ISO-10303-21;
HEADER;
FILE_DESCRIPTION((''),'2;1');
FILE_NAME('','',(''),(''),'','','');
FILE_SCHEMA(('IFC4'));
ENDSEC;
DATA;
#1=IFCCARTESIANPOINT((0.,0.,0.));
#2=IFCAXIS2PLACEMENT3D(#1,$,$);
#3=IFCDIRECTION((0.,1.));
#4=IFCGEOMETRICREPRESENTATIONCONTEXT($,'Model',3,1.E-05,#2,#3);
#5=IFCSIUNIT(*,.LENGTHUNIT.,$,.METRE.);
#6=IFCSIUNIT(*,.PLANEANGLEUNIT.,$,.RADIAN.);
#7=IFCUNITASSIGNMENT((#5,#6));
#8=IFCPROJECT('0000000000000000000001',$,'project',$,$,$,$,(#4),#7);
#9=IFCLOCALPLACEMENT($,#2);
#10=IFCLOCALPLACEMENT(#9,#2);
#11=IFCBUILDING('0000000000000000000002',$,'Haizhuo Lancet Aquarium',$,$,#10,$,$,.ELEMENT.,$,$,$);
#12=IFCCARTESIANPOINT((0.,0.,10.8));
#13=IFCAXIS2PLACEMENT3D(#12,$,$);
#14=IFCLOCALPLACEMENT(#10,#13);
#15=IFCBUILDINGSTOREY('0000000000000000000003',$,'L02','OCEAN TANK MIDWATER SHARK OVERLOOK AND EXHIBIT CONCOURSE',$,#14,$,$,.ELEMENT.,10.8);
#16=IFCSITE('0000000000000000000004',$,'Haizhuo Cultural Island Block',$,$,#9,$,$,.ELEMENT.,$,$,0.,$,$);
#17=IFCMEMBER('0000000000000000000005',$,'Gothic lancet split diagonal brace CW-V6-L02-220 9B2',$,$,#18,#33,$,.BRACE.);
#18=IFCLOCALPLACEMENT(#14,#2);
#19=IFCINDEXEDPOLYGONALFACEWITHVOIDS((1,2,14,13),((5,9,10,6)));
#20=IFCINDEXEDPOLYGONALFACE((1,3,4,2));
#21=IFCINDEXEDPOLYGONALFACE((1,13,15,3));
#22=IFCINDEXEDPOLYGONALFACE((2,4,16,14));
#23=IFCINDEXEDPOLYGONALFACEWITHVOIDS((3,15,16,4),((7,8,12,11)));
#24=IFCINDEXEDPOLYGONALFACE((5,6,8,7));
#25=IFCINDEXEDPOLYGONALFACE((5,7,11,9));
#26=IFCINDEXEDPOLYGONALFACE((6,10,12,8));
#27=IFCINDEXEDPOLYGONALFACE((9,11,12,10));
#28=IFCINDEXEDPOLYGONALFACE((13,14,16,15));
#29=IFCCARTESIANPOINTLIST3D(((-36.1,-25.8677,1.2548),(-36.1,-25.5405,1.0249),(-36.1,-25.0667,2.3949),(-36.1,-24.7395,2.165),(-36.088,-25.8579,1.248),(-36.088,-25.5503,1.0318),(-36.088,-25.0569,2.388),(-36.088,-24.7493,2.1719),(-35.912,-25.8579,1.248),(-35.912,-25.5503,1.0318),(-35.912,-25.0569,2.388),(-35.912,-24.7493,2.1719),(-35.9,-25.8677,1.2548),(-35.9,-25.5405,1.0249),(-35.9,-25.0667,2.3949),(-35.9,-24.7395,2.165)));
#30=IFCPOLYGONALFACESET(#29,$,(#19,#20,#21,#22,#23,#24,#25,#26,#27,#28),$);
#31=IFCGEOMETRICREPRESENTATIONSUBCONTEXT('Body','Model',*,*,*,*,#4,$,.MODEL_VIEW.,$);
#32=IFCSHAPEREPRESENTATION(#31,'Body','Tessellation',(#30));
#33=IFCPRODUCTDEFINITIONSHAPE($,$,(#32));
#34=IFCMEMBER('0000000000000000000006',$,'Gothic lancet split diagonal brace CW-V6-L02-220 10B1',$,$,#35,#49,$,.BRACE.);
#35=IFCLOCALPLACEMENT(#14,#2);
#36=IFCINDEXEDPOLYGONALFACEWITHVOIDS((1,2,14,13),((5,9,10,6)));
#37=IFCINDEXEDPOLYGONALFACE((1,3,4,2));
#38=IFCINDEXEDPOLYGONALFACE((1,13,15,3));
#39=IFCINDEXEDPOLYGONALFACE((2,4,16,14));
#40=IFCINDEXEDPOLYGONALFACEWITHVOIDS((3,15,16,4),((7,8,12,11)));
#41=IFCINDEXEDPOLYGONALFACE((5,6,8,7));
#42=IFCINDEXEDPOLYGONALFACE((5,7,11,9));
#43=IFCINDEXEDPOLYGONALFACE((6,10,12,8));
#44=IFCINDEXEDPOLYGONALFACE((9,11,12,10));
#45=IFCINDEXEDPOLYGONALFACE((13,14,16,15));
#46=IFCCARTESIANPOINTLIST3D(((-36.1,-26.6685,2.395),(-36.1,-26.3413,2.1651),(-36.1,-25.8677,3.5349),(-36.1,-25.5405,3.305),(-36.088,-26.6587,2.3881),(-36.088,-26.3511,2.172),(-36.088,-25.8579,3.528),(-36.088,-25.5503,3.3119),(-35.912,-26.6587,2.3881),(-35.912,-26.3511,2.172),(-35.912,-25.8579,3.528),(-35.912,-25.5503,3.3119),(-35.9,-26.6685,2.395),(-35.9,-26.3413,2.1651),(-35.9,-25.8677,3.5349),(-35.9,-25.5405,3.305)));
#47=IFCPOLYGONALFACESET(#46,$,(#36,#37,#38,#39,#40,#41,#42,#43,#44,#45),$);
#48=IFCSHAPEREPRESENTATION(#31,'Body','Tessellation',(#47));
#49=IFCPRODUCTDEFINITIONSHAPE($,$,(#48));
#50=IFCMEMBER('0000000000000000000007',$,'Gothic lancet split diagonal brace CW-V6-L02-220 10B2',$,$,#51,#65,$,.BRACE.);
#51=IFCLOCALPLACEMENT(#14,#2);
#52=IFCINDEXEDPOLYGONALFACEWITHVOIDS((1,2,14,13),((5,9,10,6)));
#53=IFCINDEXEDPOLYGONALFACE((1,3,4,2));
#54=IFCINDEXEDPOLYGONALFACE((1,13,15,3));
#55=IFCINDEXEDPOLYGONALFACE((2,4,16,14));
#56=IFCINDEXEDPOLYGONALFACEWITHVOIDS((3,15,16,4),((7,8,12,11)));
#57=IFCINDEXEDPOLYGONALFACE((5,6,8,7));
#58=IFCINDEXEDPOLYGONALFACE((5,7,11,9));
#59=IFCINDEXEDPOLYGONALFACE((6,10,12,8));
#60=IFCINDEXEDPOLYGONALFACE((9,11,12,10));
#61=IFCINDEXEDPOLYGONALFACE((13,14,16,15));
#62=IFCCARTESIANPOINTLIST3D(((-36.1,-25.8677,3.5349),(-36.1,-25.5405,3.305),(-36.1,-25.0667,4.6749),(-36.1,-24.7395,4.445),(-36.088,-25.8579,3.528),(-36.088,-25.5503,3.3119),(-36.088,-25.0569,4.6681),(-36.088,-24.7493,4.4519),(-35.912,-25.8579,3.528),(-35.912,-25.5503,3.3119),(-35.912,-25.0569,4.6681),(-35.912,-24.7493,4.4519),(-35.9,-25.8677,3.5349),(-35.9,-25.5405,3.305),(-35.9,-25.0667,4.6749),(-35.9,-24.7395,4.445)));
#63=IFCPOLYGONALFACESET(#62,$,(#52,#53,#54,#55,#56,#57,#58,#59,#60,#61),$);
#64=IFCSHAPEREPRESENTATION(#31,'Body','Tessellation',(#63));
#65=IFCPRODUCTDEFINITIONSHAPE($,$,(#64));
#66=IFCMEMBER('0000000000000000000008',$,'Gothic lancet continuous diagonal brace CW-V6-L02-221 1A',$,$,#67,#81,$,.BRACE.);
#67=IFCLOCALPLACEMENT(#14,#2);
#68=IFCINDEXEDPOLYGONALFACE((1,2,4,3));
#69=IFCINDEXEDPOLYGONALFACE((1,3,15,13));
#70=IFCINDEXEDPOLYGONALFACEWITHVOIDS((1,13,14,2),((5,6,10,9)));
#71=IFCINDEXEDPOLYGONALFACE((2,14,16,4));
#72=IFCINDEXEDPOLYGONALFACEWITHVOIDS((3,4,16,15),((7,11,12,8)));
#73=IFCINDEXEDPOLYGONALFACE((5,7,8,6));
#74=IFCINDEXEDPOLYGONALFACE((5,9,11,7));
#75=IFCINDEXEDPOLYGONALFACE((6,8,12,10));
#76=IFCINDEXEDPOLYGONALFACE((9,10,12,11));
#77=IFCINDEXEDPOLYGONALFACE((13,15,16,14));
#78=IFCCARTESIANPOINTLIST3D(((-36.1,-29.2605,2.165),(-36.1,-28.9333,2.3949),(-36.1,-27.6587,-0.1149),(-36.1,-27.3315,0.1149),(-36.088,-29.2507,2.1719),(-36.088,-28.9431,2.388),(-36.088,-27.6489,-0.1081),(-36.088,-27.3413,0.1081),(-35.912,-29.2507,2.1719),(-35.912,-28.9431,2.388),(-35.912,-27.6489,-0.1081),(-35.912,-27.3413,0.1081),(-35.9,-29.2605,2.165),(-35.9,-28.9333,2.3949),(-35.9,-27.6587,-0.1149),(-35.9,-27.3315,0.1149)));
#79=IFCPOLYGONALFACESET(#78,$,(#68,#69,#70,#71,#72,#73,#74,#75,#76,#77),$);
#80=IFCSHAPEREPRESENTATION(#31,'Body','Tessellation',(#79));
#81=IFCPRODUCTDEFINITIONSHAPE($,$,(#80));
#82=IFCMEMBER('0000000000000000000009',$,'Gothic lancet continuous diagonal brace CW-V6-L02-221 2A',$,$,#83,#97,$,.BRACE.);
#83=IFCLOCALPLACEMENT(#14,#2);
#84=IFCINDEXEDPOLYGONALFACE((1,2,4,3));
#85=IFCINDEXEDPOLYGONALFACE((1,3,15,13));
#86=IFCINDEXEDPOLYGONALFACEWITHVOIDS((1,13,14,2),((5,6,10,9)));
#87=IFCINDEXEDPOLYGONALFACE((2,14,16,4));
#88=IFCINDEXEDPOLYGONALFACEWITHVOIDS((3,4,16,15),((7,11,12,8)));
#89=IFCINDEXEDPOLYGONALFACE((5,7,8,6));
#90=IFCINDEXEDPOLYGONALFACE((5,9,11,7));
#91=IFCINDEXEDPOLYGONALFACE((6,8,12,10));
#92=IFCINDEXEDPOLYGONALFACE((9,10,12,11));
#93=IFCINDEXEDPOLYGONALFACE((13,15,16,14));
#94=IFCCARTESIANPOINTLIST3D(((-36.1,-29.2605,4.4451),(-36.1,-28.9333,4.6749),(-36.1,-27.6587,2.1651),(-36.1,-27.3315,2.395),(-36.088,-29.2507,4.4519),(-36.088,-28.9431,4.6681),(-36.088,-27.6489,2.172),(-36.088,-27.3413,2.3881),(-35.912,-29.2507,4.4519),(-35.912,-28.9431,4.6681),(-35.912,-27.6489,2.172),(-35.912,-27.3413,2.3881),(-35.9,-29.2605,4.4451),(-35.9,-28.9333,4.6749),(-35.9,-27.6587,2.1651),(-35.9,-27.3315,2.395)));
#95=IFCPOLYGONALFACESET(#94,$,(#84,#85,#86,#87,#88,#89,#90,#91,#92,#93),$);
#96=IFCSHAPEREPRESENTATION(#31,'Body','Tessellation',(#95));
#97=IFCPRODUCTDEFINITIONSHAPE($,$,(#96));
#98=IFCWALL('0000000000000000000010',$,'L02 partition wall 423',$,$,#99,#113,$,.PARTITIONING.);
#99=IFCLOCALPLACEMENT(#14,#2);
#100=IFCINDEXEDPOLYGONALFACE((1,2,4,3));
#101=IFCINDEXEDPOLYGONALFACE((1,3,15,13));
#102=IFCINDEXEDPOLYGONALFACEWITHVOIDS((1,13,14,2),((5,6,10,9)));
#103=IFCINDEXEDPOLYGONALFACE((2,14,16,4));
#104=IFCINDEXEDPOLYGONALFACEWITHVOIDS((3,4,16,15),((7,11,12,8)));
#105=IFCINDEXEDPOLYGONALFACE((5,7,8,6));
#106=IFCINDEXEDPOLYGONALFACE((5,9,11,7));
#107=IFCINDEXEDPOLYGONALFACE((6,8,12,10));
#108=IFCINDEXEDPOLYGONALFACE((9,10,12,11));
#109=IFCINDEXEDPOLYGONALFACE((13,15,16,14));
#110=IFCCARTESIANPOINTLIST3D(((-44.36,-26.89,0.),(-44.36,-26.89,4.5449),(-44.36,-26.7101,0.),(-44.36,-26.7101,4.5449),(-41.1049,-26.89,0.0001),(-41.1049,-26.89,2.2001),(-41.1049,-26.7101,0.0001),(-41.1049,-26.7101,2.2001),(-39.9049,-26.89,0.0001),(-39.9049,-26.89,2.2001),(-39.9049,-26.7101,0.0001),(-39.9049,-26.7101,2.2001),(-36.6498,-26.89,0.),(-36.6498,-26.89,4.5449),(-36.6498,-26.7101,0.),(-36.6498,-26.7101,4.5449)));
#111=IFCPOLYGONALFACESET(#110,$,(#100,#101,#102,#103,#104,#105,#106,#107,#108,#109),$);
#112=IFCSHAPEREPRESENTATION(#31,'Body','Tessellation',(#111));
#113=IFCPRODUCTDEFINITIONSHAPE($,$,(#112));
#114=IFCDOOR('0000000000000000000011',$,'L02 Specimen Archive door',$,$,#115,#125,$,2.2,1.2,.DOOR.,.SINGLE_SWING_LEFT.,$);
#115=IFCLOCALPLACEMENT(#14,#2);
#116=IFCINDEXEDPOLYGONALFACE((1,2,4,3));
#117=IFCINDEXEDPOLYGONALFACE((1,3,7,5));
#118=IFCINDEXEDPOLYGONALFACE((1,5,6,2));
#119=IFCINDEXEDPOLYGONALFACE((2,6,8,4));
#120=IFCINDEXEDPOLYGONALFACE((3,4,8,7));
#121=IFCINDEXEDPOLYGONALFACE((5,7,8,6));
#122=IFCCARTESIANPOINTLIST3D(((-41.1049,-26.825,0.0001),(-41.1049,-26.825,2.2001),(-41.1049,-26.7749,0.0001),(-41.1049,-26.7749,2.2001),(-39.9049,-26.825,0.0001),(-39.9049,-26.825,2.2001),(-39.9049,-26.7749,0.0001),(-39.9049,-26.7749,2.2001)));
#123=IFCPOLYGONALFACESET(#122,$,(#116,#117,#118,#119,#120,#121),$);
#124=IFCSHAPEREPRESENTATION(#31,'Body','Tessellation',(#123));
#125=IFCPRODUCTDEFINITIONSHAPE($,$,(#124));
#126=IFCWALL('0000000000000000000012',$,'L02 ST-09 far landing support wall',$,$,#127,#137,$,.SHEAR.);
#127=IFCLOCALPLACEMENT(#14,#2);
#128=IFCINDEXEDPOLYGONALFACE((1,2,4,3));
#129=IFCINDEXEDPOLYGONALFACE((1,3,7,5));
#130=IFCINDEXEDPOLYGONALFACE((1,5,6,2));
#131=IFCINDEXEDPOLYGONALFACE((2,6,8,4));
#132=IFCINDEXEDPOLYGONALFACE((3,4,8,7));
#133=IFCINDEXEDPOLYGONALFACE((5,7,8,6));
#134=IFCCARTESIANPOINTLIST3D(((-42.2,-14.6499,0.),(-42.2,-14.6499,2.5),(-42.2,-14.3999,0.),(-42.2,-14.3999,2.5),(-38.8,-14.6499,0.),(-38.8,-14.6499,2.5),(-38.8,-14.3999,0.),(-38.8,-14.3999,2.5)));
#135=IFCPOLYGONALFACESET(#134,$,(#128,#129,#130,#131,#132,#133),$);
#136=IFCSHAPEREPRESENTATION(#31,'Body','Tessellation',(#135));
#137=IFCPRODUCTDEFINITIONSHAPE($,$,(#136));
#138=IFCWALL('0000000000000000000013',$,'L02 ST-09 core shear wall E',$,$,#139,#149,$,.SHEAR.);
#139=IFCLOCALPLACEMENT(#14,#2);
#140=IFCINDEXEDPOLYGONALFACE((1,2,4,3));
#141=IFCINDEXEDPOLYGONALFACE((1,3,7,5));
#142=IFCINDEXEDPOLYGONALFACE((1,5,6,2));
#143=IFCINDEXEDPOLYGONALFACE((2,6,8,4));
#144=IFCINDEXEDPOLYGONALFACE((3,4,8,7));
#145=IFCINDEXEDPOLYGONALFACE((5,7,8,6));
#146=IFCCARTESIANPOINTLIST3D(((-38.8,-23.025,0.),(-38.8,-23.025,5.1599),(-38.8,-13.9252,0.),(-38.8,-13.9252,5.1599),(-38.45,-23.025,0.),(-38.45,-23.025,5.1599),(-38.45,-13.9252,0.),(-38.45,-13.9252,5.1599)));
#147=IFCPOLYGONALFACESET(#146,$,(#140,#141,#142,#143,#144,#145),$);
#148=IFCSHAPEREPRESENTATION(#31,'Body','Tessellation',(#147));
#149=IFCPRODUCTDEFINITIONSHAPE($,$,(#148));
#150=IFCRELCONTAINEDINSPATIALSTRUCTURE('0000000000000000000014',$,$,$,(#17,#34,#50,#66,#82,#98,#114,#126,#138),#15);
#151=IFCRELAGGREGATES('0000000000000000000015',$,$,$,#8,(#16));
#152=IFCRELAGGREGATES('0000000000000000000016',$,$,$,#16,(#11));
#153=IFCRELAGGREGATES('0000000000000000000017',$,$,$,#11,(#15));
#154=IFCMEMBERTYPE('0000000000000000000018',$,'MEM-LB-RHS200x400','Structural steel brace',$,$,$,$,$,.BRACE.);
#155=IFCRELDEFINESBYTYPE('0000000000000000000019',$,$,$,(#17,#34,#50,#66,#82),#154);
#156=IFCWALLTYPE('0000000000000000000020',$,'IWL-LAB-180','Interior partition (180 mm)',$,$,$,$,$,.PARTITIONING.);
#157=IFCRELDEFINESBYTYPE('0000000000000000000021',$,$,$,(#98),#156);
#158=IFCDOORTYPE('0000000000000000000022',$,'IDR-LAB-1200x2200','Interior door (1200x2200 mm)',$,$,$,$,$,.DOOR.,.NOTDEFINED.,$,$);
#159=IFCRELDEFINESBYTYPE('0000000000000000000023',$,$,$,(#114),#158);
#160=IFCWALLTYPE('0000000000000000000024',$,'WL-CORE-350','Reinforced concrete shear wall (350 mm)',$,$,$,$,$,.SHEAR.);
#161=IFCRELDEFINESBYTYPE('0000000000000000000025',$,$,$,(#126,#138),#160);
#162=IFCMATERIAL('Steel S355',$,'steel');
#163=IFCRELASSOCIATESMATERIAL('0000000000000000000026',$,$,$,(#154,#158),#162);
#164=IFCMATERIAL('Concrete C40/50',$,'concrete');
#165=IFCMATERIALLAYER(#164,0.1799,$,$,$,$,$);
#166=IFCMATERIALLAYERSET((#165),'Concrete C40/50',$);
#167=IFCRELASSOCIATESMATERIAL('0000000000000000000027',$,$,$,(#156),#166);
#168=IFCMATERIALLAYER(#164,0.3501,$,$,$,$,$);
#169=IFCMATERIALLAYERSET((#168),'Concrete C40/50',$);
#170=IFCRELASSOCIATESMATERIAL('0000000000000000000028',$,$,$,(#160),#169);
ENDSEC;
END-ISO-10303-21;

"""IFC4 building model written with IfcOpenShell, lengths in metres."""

from ifc_helpers import new_model, si_unit, direction, frame, frame_2d, origin, origin_2d, place, context, subcontext, project, spatial, rectangle, hollow_rectangle, extrude, material, layer, layer_set, material_profile, profile_set, type_object, element, fill, save


model = new_model("IFC4")

# Units and contexts
model_context = context("Model", 3, precision=1e-05, world=origin(), true_north=direction((0.0, 1.0)))
body_context = subcontext(model_context, "Body", "Model", "MODEL_VIEW")
ifc_project = project(units=[si_unit("LENGTHUNIT", "METRE"), si_unit("PLANEANGLEUNIT", "RADIAN")], contexts=[model_context])

# Site, building, storey
site_placement = place(None, origin())
site = spatial("IfcSite", under=ifc_project, at=site_placement, Name="Haizhuo Cultural Island Block", CompositionType="ELEMENT", RefElevation=0.0)
building_placement = place(site_placement, origin())
building = spatial("IfcBuilding", under=site, at=building_placement, Name="Haizhuo Lancet Aquarium", CompositionType="ELEMENT")
storey_placement = place(building_placement, frame((0.0, 0.0, 10.8)))
storey = spatial("IfcBuildingStorey", under=building, at=storey_placement, Name="L02", Description="OCEAN TANK MIDWATER SHARK OVERLOOK AND EXHIBIT CONCOURSE", CompositionType="ELEMENT", Elevation=10.8)

# Shared definitions
ifc_material_1 = material(Name="Concrete C40/50", Category="concrete")

# Shared definitions
ifc_material_2 = material(Name="Steel S355", Category="steel")

# Members
ifc_material_profile_1 = material_profile(ifc_material_2, hollow_rectangle(XDim=0.2, YDim=0.3999, WallThickness=0.012, at=origin_2d()), Name="RHS 200x400x12")
ifc_profile_set_1 = profile_set([ifc_material_profile_1], Name="Steel S355")
member_type_1 = type_object("IfcMemberType", Name="MEM-LB-RHS200x400", Description="Structural steel brace", PredefinedType="BRACE", material=ifc_profile_set_1)
member_1_placement = place(storey_placement, frame((-36.0, -25.7041, 1.1399), z_axis=(0.0, 0.574873, 0.818243), x_axis=(-1.0, 0.0, 0.0)))
element("IfcMember", 1, at=member_1_placement, inside=storey, type_object=member_type_1, Name="Gothic lancet split diagonal brace CW-V6-L02-220 9B2", PredefinedType="BRACE", context=body_context, shape_type="SweptSolid", body=[
    extrude(hollow_rectangle(XDim=0.2, YDim=0.3999, WallThickness=0.012, at=origin_2d()), origin(), (0.0, 0.0, 1.0), 1.3933),
])
member_2_placement = place(storey_placement, frame((-36.0, -26.5049, 2.28), z_axis=(0.0, 0.574838, 0.818267), x_axis=(-1.0, 0.0, 0.0)))
element("IfcMember", 2, at=member_2_placement, inside=storey, type_object=member_type_1, Name="Gothic lancet split diagonal brace CW-V6-L02-220 10B1", PredefinedType="BRACE", context=body_context, shape_type="SweptSolid", body=[
    extrude(hollow_rectangle(XDim=0.2, YDim=0.3999, WallThickness=0.012, at=origin_2d()), origin(), (0.0, 0.0, 1.0), 1.3931),
])
member_3_placement = place(storey_placement, frame((-36.0, -25.7041, 3.4199), z_axis=(0.0, 0.574873, 0.818243), x_axis=(-1.0, 0.0, 0.0)))
element("IfcMember", 3, at=member_3_placement, inside=storey, type_object=member_type_1, Name="Gothic lancet split diagonal brace CW-V6-L02-220 10B2", PredefinedType="BRACE", context=body_context, shape_type="SweptSolid", body=[
    extrude(hollow_rectangle(XDim=0.2, YDim=0.3999, WallThickness=0.012, at=origin_2d()), origin(), (0.0, 0.0, 1.0), 1.3933),
])
for number, where, z_axis, x_axis, name in (
    (4, (-36.0, -27.4951, 0.0), (0.0, -0.574855, 0.818255), (1.0, 0.0, 0.0), "Gothic lancet continuous diagonal brace CW-V6-L02-221 1A"),
    (5, (-36.0, -27.4951, 2.28), (0.0, -0.574855, 0.818255), (1.0, 0.0, 0.0), "Gothic lancet continuous diagonal brace CW-V6-L02-221 2A"),
):
    element("IfcMember", number, at=place(storey_placement, frame(where, z_axis=z_axis, x_axis=x_axis)), inside=storey, type_object=member_type_1, Name=name, PredefinedType="BRACE", context=body_context, shape_type="SweptSolid", body=[
        extrude(hollow_rectangle(XDim=0.2, YDim=0.3999, WallThickness=0.012, at=origin_2d()), origin(), (0.0, 0.0, 1.0), 2.7864),
    ])

# Wall, opening, door
ifc_layer_1 = layer(ifc_material_1, 0.1799)
ifc_layer_set_1 = layer_set([ifc_layer_1], Name="Concrete C40/50")
wall_type_1 = type_object("IfcWallType", Name="IWL-LAB-180", Description="Interior partition (180 mm)", PredefinedType="PARTITIONING", material=ifc_layer_set_1)
wall_1_placement = place(storey_placement, frame((-36.6499, -26.8, 0.0), z_axis=(0.0, 0.0, 1.0), x_axis=(-1.0, 0.0, 0.0)))
wall_1 = element("IfcWall", 6, at=wall_1_placement, inside=storey, type_object=wall_type_1, Name="L02 partition wall 423", PredefinedType="PARTITIONING", context=body_context, shape_type="SweptSolid", body=[
    extrude(rectangle(XDim=7.7102, YDim=0.1799, at=frame_2d((3.855, 0.0))), origin(), (0.0, 0.0, 1.0), 4.5449),
])
opening_placement = place(wall_1_placement, frame((3.2549, 0.0, 0.0)))
opening = element("IfcOpeningElement", 7, at=opening_placement, cuts=wall_1, PredefinedType="OPENING", context=body_context, shape_type="SweptSolid", body=[
    extrude(rectangle(XDim=1.2, YDim=2.2, at=frame_2d((0.6001, 1.1001))), frame((0.0, 0.0999, 0.0), z_axis=(0.0, -1.0, 0.0), x_axis=(1.0, 0.0, 0.0)), (0.0, 0.0, 1.0), 0.1999),
])
door_type = type_object("IfcDoorType", Name="IDR-LAB-1200x2200", Description="Interior door (1200x2200 mm)", OperationType="NOTDEFINED", PredefinedType="DOOR", material=ifc_material_2)
door_placement = place(opening_placement, origin())
door = element("IfcDoor", 8, at=door_placement, inside=storey, type_object=door_type, Name="L02 Specimen Archive door", OperationType="SINGLE_SWING_LEFT", OverallHeight=2.2, OverallWidth=1.2, PredefinedType="DOOR", context=body_context, shape_type="SweptSolid", body=[
    extrude(rectangle(XDim=1.2, YDim=2.2, at=frame_2d((0.6001, 1.1001))), frame((0.0, 0.0249, 0.0), z_axis=(0.0, -1.0, 0.0), x_axis=(1.0, 0.0, 0.0)), (0.0, 0.0, 1.0), 0.05),
])
fill(opening, door)

# Walls
ifc_layer_2 = layer(ifc_material_1, 0.3501)
ifc_layer_set_2 = layer_set([ifc_layer_2], Name="Concrete C40/50")
wall_type_2 = type_object("IfcWallType", Name="WL-CORE-350", Description="Reinforced concrete shear wall (350 mm)", PredefinedType="SHEAR", material=ifc_layer_set_2)
wall_2_placement = place(storey_placement, frame((-42.2, -14.5249, 0.0), z_axis=(0.0, 0.0, 1.0), x_axis=(1.0, 0.0, 0.0)))
element("IfcWall", 9, at=wall_2_placement, inside=storey, type_object=wall_type_2, Name="L02 ST-09 far landing support wall", PredefinedType="SHEAR", context=body_context, shape_type="SweptSolid", body=[
    extrude(rectangle(XDim=3.3999, YDim=0.25, at=frame_2d((1.7, 0.0))), origin(), (0.0, 0.0, 1.0), 2.5),
])
wall_3_placement = place(storey_placement, frame((-38.625, -23.0249, 0.0), z_axis=(0.0, 0.0, 1.0), x_axis=(0.0, 1.0, 0.0)))
element("IfcWall", 10, at=wall_3_placement, inside=storey, type_object=wall_type_2, Name="L02 ST-09 core shear wall E", PredefinedType="SHEAR", context=body_context, shape_type="SweptSolid", body=[
    extrude(rectangle(XDim=9.0999, YDim=0.3501, at=frame_2d((4.5498, 0.0))), origin(), (0.0, 0.0, 1.0), 5.1599),
])

save(model, "model.ifc")
